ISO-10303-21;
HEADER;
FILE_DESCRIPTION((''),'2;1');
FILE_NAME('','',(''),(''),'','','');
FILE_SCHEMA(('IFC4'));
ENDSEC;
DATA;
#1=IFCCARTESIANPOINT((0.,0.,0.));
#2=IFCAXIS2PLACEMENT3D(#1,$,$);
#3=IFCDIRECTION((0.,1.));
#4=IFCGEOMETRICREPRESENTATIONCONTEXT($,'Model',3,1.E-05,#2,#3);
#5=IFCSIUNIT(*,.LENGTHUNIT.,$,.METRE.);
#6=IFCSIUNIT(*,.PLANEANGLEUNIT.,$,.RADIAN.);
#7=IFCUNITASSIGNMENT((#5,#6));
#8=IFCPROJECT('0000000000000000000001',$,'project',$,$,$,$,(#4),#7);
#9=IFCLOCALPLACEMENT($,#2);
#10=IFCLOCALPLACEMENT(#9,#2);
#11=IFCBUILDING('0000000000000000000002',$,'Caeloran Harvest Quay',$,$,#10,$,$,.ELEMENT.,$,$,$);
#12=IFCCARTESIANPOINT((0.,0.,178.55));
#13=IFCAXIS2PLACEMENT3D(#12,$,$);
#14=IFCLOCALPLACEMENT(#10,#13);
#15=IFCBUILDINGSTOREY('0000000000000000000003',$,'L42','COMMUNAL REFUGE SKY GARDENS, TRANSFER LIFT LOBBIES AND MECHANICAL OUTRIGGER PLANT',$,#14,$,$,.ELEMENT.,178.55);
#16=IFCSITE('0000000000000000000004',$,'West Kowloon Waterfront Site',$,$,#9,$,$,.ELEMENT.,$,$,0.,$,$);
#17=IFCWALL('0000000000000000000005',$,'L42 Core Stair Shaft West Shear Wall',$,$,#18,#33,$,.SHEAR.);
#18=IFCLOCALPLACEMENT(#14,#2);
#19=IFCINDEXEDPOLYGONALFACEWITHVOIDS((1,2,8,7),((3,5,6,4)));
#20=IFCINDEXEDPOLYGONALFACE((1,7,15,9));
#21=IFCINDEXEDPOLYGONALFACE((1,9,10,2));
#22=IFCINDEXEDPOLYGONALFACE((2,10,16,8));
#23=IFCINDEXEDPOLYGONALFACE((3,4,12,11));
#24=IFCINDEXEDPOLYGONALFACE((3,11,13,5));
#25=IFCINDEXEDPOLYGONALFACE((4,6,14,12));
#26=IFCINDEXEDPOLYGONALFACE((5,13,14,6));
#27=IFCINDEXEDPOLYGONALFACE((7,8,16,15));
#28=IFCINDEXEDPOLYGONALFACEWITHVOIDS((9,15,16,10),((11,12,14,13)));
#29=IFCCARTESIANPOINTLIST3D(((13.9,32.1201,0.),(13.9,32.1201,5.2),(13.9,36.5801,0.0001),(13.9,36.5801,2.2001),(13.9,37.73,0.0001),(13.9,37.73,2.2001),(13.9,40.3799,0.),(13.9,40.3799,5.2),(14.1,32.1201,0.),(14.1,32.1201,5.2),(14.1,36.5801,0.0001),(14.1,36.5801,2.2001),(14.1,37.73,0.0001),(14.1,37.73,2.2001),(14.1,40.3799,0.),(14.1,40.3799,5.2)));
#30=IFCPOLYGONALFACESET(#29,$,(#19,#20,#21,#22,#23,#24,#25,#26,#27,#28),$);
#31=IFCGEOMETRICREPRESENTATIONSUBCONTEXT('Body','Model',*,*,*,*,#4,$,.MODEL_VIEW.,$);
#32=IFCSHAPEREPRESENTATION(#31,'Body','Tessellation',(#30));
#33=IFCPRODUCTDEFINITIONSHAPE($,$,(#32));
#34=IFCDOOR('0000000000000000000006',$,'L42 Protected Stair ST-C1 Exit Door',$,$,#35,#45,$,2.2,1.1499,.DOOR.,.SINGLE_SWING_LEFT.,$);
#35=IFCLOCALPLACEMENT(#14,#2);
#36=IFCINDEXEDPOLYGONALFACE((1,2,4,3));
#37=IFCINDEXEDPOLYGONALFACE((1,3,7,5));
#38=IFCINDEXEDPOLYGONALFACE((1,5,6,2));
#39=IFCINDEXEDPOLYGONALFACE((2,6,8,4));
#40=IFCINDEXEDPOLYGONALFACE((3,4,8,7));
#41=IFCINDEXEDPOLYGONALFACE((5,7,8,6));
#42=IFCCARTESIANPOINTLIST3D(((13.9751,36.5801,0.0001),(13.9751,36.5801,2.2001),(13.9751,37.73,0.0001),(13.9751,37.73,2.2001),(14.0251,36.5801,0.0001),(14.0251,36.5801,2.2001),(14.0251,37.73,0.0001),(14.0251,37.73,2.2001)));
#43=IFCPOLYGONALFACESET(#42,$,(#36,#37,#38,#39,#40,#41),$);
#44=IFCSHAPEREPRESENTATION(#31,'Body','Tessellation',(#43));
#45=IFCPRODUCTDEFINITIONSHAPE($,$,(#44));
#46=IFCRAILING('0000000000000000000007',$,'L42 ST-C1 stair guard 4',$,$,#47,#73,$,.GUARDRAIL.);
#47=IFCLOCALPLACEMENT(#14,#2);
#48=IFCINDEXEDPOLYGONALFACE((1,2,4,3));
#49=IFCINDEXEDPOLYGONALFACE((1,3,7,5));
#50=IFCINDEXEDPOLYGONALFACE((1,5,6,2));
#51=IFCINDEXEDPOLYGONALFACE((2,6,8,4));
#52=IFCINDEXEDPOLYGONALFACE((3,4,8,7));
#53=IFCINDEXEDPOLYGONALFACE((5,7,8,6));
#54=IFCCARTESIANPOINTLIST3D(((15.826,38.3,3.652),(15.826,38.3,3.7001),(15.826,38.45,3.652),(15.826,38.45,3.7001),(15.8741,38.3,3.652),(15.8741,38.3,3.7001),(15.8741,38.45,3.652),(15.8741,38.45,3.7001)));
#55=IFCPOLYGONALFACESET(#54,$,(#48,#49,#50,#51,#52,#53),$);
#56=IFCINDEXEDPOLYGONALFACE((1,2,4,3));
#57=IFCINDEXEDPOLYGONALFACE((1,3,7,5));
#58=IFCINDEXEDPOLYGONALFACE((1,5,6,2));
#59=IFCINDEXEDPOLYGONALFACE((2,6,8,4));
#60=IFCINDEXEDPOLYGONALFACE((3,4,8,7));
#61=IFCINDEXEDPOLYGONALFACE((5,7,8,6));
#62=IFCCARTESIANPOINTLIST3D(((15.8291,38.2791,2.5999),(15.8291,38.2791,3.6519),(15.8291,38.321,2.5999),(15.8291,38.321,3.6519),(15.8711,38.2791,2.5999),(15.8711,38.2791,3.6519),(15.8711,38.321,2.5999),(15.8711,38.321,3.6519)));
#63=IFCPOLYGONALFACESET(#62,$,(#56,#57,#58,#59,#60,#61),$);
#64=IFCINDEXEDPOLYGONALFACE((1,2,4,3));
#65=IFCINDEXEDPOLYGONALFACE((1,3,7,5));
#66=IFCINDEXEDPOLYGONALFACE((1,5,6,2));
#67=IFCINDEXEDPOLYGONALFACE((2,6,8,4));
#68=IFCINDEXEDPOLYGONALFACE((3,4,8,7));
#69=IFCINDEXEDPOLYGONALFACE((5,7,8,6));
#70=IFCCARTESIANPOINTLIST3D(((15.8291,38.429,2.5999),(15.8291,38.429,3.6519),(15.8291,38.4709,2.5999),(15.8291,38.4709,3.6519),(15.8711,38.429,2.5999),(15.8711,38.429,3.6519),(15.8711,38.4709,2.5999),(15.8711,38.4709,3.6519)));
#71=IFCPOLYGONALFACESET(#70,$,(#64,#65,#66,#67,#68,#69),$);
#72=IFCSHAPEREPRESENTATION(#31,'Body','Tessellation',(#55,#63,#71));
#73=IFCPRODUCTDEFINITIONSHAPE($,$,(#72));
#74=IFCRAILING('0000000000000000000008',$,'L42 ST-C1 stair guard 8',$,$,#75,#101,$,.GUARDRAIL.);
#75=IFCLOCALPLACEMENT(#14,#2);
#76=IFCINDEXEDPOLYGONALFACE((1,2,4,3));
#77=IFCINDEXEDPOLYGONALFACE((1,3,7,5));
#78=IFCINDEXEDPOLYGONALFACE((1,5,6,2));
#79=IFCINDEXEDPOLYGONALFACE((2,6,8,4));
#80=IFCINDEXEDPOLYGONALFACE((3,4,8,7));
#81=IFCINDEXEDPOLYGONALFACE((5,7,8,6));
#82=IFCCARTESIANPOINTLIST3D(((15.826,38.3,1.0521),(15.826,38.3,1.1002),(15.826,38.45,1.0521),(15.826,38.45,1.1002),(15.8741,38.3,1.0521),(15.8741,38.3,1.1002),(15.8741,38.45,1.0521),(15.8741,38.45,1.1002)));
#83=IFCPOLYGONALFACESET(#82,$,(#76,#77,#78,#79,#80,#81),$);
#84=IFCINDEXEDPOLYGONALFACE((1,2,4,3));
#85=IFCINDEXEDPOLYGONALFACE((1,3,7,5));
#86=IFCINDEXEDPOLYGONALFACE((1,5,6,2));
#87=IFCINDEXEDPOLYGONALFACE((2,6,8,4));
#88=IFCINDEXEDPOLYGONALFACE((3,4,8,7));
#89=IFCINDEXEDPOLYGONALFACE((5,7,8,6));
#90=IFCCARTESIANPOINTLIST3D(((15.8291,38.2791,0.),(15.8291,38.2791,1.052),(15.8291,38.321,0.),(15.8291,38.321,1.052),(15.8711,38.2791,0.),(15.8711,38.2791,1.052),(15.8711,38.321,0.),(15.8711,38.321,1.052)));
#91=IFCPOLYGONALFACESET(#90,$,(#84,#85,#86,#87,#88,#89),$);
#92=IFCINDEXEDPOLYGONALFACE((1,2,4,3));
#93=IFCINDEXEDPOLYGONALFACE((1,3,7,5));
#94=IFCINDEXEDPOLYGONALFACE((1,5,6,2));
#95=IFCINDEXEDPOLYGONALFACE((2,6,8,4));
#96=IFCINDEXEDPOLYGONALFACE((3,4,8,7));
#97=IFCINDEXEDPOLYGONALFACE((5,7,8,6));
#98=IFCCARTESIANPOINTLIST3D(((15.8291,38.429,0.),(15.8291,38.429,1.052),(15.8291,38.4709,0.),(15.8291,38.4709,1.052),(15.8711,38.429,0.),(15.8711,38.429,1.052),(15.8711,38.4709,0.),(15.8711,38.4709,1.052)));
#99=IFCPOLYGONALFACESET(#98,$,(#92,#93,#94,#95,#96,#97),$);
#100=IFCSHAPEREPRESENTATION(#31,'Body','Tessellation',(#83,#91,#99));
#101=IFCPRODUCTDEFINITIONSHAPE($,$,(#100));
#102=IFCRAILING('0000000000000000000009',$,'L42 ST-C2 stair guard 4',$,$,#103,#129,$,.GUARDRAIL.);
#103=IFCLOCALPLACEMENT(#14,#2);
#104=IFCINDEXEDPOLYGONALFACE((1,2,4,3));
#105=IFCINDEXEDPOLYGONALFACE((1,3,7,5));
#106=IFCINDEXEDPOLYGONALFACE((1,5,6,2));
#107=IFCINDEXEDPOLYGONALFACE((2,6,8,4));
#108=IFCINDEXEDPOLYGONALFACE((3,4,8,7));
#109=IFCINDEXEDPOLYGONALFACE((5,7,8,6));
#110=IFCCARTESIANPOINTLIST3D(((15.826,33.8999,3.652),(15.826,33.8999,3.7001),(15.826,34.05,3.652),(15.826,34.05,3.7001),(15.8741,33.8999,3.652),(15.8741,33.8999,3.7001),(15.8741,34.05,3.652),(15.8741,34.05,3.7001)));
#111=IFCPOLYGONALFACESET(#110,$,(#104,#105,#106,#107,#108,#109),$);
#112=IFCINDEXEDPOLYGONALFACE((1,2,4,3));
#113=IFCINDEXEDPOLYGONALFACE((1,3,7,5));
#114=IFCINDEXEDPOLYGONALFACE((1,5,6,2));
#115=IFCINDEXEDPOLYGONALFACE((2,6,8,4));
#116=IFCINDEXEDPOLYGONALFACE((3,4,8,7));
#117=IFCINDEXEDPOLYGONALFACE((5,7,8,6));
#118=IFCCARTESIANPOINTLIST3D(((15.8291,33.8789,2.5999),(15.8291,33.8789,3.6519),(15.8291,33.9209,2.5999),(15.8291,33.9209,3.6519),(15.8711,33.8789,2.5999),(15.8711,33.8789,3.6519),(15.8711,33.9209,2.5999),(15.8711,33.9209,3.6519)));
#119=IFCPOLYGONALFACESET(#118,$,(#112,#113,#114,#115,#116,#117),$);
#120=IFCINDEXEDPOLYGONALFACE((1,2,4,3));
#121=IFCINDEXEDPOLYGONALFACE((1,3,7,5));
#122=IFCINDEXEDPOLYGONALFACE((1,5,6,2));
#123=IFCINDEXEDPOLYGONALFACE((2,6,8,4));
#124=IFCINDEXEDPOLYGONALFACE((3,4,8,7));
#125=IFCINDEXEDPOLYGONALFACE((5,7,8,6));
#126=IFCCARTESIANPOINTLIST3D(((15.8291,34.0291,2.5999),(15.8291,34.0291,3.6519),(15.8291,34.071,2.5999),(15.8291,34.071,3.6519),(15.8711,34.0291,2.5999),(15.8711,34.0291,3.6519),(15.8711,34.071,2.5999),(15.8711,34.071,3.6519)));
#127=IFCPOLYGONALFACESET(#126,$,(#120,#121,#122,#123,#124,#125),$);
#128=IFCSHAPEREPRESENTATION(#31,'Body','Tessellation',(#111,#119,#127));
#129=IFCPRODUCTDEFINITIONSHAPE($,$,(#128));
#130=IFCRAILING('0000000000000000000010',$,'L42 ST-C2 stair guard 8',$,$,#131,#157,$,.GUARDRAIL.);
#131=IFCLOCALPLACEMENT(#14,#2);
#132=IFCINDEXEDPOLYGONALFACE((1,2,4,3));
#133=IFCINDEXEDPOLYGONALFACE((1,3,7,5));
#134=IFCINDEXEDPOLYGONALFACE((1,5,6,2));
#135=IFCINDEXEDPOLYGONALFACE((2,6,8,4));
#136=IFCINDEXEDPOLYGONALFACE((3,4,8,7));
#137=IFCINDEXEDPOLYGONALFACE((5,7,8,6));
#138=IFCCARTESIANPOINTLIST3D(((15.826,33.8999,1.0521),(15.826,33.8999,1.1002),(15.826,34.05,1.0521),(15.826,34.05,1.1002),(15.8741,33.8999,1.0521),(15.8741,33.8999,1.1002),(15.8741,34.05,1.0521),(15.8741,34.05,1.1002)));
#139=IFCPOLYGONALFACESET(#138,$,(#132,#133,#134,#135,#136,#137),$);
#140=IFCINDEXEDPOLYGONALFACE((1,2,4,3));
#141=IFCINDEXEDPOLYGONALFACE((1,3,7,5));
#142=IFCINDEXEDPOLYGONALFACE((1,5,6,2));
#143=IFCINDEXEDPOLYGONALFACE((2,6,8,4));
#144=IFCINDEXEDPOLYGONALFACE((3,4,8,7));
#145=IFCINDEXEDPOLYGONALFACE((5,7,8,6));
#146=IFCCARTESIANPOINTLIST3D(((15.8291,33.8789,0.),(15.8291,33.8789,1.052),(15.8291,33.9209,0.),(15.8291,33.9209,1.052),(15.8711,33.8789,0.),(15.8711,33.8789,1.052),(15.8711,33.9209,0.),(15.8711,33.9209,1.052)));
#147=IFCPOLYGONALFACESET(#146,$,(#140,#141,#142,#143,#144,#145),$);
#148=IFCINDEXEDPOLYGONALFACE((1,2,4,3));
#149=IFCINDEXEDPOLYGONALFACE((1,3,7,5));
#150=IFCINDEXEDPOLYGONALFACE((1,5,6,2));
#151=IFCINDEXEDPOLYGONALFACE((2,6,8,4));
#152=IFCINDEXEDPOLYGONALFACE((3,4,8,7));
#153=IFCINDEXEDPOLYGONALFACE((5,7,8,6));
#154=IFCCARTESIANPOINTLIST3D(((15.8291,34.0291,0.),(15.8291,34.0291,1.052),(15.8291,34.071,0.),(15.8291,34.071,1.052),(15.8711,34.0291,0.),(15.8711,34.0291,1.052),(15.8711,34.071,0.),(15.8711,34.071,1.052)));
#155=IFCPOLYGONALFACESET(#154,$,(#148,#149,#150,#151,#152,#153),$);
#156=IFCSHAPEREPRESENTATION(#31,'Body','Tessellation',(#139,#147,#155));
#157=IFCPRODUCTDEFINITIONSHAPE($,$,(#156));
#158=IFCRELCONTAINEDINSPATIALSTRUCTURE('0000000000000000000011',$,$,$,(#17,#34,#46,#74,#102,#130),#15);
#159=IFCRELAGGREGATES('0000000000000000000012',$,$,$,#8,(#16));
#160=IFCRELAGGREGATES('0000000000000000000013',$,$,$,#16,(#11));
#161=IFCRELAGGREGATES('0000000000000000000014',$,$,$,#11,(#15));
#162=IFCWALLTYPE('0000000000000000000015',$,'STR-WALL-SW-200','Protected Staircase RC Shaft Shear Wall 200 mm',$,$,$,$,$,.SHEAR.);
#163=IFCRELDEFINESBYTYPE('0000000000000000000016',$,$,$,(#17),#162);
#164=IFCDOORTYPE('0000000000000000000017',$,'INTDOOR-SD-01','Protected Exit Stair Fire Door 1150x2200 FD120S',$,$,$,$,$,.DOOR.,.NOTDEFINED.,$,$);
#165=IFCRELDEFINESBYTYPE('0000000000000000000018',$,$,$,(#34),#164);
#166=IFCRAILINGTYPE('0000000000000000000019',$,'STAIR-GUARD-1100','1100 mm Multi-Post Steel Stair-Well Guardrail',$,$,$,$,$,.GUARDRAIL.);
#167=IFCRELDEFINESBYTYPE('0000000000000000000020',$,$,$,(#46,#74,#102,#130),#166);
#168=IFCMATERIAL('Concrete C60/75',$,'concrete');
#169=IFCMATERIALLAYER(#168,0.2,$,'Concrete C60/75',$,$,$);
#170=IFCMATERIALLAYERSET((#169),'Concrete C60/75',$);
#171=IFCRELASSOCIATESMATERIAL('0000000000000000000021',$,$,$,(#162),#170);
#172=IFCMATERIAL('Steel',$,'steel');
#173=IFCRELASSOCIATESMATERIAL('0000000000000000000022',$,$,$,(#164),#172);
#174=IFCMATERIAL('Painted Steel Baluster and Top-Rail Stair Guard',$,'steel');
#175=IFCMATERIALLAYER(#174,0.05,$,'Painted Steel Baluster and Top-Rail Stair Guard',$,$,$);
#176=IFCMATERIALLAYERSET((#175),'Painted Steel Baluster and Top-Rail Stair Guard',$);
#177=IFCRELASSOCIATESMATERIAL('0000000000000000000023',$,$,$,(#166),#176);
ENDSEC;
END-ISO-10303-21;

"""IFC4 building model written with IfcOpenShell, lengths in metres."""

from ifc_helpers import new_model, si_unit, direction, frame, frame_2d, origin, origin_2d, place, context, subcontext, project, spatial, rectangle, extrude, material, layer, layer_set, type_object, element, fill, save


model = new_model("IFC4")

# Units and contexts
model_context = context("Model", 3, precision=1e-05, world=origin(), true_north=direction((0.0, 1.0)))
body_context = subcontext(model_context, "Body", "Model", "MODEL_VIEW")
ifc_project = project(units=[si_unit("LENGTHUNIT", "METRE"), si_unit("PLANEANGLEUNIT", "RADIAN")], contexts=[model_context])

# Site, building, storey
site_placement = place(None, origin())
site = spatial("IfcSite", under=ifc_project, at=site_placement, Name="West Kowloon Waterfront Site", CompositionType="ELEMENT", RefElevation=0.0)
building_placement = place(site_placement, origin())
building = spatial("IfcBuilding", under=site, at=building_placement, Name="Caeloran Harvest Quay", CompositionType="ELEMENT")
storey_placement = place(building_placement, frame((0.0, 0.0, 178.55)))
storey = spatial("IfcBuildingStorey", under=building, at=storey_placement, Name="L42", Description="COMMUNAL REFUGE SKY GARDENS, TRANSFER LIFT LOBBIES AND MECHANICAL OUTRIGGER PLANT", CompositionType="ELEMENT", Elevation=178.55)

# Shared definitions
ifc_material_1 = material(Name="Concrete C60/75", Category="concrete")

# Shared definitions
ifc_material_2 = material(Name="Steel", Category="steel")

# Wall, opening, door
ifc_layer_1 = layer(ifc_material_1, 0.2, Name="Concrete C60/75")
ifc_layer_set_1 = layer_set([ifc_layer_1], Name="Concrete C60/75")
wall_type_1 = type_object("IfcWallType", Name="STR-WALL-SW-200", Description="Protected Staircase RC Shaft Shear Wall 200 mm", PredefinedType="SHEAR", material=ifc_layer_set_1)
wall_1_placement = place(storey_placement, frame((14.0, 32.1201, 0.0), z_axis=(0.0, 0.0, 1.0), x_axis=(0.0, 1.0, 0.0)))
wall_1 = element("IfcWall", 1, at=wall_1_placement, inside=storey, type_object=wall_type_1, Name="L42 Core Stair Shaft West Shear Wall", PredefinedType="SHEAR", context=body_context, shape_type="SweptSolid", body=[
    extrude(rectangle(XDim=8.2598, YDim=0.2, at=frame_2d((4.1299, 0.0))), origin(), (0.0, 0.0, 1.0), 5.2),
])
opening_1_placement = place(wall_1_placement, frame((4.46, 0.0, 0.0)))
opening_1 = element("IfcOpeningElement", 2, at=opening_1_placement, cuts=wall_1, PredefinedType="OPENING", context=body_context, shape_type="SweptSolid", body=[
    extrude(rectangle(XDim=1.1499, YDim=2.2, at=frame_2d((0.575, 1.1001))), frame((0.0, 0.1099, 0.0), z_axis=(0.0, -1.0, 0.0), x_axis=(1.0, 0.0, 0.0)), (0.0, 0.0, 1.0), 0.22),
])
door_type_1 = type_object("IfcDoorType", Name="INTDOOR-SD-01", Description="Protected Exit Stair Fire Door 1150x2200 FD120S", OperationType="NOTDEFINED", PredefinedType="DOOR", material=ifc_material_2)
door_1_placement = place(opening_1_placement, origin())
door_1 = element("IfcDoor", 3, at=door_1_placement, inside=storey, type_object=door_type_1, Name="L42 Protected Stair ST-C1 Exit Door", OperationType="SINGLE_SWING_LEFT", OverallHeight=2.2, OverallWidth=1.1499, PredefinedType="DOOR", context=body_context, shape_type="SweptSolid", body=[
    extrude(rectangle(XDim=1.1499, YDim=2.2, at=frame_2d((0.575, 1.1001))), frame((0.0, 0.0249, 0.0), z_axis=(0.0, -1.0, 0.0), x_axis=(1.0, 0.0, 0.0)), (0.0, 0.0, 1.0), 0.05),
])
fill(opening_1, door_1)

# Railings
ifc_material_3 = material(Name="Painted Steel Baluster and Top-Rail Stair Guard", Category="steel")
ifc_layer_2 = layer(ifc_material_3, 0.05, Name="Painted Steel Baluster and Top-Rail Stair Guard")
ifc_layer_set_2 = layer_set([ifc_layer_2], Name="Painted Steel Baluster and Top-Rail Stair Guard")
railing_type = type_object("IfcRailingType", Name="STAIR-GUARD-1100", Description="1100 mm Multi-Post Steel Stair-Well Guardrail", PredefinedType="GUARDRAIL", material=ifc_layer_set_2)
for number, where, name in (
    (4, (15.8501, 38.3, 2.5999), "L42 ST-C1 stair guard 4"),
    (5, (15.8501, 38.3, 0.0), "L42 ST-C1 stair guard 8"),
):
    element("IfcRailing", number, at=place(storey_placement, frame(where)), inside=storey, type_object=railing_type, Name=name, PredefinedType="GUARDRAIL", context=body_context, shape_type="SweptSolid", body=[
        extrude(rectangle(XDim=0.0481, YDim=0.0481, at=origin_2d()), frame((0.0, 0.0, 1.0762), z_axis=(0.0, 1.0, 0.0), x_axis=(-1.0, 0.0, 0.0)), (0.0, 0.0, 1.0), 0.1499),
        extrude(rectangle(XDim=0.042, YDim=0.042, at=origin_2d()), origin(), (0.0, 0.0, 1.0), 1.052),
        extrude(rectangle(XDim=0.042, YDim=0.042, at=origin_2d()), frame((0.0, 0.1499, 0.0)), (0.0, 0.0, 1.0), 1.052),
    ])
for number, where, name in (
    (6, (15.8501, 33.8999, 2.5999), "L42 ST-C2 stair guard 4"),
    (7, (15.8501, 33.8999, 0.0), "L42 ST-C2 stair guard 8"),
):
    element("IfcRailing", number, at=place(storey_placement, frame(where)), inside=storey, type_object=railing_type, Name=name, PredefinedType="GUARDRAIL", context=body_context, shape_type="SweptSolid", body=[
        extrude(rectangle(XDim=0.0481, YDim=0.0481, at=origin_2d()), frame((0.0, 0.0, 1.0762), z_axis=(0.0, 1.0, 0.0), x_axis=(-1.0, 0.0, 0.0)), (0.0, 0.0, 1.0), 0.1501),
        extrude(rectangle(XDim=0.042, YDim=0.042, at=origin_2d()), origin(), (0.0, 0.0, 1.0), 1.052),
        extrude(rectangle(XDim=0.042, YDim=0.042, at=origin_2d()), frame((0.0, 0.1501, 0.0)), (0.0, 0.0, 1.0), 1.052),
    ])

save(model, "model.ifc")
